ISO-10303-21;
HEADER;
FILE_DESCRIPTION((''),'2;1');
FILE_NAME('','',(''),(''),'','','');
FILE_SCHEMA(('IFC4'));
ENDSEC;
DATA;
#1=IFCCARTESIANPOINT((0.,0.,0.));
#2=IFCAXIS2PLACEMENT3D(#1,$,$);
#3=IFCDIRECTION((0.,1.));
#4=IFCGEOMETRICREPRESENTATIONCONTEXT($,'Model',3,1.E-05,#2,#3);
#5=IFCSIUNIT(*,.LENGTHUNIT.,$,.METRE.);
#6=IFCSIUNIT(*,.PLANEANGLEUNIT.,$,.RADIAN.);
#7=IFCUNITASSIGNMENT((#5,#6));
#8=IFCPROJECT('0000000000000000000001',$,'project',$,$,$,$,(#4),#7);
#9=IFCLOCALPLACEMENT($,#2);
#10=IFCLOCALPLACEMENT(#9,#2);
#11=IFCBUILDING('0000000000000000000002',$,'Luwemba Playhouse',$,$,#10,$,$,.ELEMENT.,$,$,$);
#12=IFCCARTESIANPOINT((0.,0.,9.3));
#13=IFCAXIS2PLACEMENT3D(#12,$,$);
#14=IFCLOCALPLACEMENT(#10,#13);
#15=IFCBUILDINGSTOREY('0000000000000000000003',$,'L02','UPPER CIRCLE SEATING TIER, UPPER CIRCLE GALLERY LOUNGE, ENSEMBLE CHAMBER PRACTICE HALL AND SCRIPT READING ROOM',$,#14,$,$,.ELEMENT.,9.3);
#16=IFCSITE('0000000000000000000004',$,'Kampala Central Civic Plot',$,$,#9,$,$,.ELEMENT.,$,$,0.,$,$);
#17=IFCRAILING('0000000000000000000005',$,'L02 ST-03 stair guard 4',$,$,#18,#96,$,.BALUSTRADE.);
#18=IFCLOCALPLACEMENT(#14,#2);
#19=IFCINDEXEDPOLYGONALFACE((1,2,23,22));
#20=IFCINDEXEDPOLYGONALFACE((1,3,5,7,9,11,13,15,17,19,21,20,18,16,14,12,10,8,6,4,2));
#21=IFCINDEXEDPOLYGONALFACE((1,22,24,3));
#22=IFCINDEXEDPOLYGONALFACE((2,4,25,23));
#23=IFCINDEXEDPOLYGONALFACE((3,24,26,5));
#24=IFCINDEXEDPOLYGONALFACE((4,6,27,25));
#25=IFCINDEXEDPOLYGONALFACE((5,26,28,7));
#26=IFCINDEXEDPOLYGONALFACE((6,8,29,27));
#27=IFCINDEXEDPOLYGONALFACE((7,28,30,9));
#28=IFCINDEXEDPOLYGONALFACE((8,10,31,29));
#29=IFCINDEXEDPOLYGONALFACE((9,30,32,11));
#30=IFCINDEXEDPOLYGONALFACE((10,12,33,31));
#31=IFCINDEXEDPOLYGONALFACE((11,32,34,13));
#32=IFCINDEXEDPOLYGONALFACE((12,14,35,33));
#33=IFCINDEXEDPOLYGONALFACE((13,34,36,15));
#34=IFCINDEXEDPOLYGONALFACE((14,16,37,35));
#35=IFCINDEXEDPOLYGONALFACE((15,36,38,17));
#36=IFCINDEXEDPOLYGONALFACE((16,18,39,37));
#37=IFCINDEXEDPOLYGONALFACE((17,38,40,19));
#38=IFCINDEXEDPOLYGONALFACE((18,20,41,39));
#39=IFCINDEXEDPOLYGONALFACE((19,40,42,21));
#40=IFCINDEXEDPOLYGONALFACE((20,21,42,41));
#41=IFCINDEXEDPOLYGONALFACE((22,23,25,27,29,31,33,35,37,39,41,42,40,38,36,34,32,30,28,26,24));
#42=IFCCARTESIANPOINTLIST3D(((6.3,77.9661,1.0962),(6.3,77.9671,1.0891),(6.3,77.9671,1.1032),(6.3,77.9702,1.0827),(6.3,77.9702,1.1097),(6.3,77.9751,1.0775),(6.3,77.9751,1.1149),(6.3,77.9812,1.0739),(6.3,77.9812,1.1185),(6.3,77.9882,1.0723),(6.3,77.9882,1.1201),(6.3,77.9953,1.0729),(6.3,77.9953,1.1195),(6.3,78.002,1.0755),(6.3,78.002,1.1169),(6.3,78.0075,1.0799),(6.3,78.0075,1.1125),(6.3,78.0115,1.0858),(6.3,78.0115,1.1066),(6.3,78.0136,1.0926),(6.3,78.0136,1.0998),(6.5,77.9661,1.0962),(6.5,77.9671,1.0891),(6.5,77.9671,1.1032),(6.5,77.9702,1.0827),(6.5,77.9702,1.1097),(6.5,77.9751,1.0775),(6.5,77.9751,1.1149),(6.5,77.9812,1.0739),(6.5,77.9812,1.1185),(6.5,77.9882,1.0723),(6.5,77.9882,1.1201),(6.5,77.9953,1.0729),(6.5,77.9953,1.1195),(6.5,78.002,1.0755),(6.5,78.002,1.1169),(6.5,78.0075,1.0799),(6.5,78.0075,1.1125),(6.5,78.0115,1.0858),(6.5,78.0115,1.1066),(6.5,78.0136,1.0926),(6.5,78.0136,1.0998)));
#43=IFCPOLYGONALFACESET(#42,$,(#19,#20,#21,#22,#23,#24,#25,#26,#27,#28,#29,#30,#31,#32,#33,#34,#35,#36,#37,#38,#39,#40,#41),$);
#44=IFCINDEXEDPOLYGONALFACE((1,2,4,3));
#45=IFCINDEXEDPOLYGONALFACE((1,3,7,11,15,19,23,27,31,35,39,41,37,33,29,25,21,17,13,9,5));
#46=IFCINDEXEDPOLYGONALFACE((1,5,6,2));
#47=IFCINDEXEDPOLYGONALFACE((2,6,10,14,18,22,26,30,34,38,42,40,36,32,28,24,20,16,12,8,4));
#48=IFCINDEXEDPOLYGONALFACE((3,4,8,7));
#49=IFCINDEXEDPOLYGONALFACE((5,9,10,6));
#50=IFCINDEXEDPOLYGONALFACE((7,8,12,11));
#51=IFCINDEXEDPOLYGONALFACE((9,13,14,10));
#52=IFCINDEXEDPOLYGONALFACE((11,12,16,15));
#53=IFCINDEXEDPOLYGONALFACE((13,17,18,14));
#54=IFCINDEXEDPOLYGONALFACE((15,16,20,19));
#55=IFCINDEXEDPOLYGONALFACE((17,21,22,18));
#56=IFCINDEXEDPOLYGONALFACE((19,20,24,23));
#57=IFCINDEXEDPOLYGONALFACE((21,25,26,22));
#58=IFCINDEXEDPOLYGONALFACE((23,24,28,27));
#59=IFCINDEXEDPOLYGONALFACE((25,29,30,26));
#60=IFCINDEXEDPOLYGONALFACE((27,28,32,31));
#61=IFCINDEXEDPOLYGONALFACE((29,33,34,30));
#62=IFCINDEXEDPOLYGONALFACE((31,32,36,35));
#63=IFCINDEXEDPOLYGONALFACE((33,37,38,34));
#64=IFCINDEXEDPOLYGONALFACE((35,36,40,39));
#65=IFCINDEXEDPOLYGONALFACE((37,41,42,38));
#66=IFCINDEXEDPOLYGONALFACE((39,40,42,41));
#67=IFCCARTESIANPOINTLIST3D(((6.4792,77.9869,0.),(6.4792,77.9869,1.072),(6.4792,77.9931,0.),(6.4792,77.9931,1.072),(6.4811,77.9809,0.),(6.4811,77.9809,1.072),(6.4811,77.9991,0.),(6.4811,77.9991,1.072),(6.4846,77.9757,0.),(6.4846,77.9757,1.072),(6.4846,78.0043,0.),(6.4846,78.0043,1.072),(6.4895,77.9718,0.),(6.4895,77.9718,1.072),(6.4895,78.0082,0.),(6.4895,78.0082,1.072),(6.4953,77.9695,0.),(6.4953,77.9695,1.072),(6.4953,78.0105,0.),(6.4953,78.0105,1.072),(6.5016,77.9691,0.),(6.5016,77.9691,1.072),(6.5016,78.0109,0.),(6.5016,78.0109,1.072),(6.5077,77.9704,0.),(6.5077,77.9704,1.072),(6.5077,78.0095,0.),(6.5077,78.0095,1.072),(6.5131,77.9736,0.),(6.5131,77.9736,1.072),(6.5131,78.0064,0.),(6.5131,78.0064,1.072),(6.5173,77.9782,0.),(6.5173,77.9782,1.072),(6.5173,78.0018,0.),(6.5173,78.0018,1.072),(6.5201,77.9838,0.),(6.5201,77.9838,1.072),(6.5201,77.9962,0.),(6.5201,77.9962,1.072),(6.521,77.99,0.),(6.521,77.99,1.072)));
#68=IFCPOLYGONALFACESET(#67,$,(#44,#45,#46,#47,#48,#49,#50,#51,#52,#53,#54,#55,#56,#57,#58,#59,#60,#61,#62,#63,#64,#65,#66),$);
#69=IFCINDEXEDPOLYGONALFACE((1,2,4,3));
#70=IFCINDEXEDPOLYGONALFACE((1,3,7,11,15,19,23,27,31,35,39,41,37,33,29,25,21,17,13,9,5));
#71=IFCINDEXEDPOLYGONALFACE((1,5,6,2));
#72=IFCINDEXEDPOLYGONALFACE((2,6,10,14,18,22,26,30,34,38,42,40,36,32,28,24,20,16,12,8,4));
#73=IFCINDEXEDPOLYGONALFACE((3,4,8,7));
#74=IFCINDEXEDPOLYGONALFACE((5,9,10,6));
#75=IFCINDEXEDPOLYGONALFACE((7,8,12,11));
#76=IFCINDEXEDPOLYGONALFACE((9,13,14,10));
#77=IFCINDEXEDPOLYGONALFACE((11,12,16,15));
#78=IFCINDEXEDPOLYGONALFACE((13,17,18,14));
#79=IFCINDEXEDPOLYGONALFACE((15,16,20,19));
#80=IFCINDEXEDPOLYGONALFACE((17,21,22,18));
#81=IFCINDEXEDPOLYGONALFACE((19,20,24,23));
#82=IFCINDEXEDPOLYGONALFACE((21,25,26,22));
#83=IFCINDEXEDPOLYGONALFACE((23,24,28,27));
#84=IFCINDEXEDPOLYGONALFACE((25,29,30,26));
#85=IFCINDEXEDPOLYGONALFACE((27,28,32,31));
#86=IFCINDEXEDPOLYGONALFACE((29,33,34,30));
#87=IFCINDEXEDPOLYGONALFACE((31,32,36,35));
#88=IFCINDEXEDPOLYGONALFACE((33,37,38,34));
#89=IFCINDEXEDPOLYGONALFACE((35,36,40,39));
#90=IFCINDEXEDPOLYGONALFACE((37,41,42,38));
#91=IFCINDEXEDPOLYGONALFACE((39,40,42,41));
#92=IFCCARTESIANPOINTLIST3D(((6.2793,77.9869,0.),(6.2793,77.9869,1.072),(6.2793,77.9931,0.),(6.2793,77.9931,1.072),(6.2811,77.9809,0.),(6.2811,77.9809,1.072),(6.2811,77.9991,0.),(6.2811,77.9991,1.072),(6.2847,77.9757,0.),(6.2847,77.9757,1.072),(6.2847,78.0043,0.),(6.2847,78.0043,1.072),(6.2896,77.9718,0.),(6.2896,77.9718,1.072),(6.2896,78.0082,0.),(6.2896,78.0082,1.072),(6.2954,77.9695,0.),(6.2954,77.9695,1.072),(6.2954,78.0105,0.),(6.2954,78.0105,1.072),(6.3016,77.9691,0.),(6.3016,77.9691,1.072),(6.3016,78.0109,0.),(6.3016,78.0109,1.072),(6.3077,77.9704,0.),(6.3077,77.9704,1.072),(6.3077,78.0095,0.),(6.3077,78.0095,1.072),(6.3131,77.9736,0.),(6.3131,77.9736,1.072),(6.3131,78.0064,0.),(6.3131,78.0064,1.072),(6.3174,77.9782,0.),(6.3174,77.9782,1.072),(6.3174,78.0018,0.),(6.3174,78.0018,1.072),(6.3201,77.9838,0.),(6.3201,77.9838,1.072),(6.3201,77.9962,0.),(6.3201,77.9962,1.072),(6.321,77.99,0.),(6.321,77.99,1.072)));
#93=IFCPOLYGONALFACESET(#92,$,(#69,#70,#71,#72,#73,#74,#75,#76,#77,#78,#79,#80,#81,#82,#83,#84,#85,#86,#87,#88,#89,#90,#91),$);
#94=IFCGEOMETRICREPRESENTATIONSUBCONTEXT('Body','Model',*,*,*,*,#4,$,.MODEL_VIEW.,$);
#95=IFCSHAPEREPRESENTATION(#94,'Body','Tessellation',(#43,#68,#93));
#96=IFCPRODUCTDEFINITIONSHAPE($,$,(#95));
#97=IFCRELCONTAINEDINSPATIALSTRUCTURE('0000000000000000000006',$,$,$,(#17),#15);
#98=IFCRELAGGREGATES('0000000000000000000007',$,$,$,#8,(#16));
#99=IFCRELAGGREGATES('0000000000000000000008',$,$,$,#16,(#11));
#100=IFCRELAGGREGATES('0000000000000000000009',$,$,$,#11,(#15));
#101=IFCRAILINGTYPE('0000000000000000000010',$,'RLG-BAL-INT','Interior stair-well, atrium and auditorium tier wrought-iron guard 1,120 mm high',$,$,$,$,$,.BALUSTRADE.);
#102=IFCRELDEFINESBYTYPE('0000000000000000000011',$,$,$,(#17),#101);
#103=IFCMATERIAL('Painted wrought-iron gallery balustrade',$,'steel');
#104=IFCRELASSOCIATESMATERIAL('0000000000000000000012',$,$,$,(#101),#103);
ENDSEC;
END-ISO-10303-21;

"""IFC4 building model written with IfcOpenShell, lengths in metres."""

from ifc_helpers import new_model, si_unit, direction, frame, origin, origin_2d, place, context, subcontext, project, spatial, circle, extrude, material, type_object, element, save


model = new_model("IFC4")

# Units and contexts
model_context = context("Model", 3, precision=1e-05, world=origin(), true_north=direction((0.0, 1.0)))
body_context = subcontext(model_context, "Body", "Model", "MODEL_VIEW")
ifc_project = project(units=[si_unit("LENGTHUNIT", "METRE"), si_unit("PLANEANGLEUNIT", "RADIAN")], contexts=[model_context])

# Site, building, storey
site_placement = place(None, origin())
site = spatial("IfcSite", under=ifc_project, at=site_placement, Name="Kampala Central Civic Plot", CompositionType="ELEMENT", RefElevation=0.0)
building_placement = place(site_placement, origin())
building = spatial("IfcBuilding", under=site, at=building_placement, Name="Luwemba Playhouse", CompositionType="ELEMENT")
storey_placement = place(building_placement, frame((0.0, 0.0, 9.3)))
storey = spatial("IfcBuildingStorey", under=building, at=storey_placement, Name="L02", Description="UPPER CIRCLE SEATING TIER, UPPER CIRCLE GALLERY LOUNGE, ENSEMBLE CHAMBER PRACTICE HALL AND SCRIPT READING ROOM", CompositionType="ELEMENT", Elevation=9.3)

# Railing
ifc_material_1 = material(Name="Painted wrought-iron gallery balustrade", Category="steel")
railing_type_1 = type_object("IfcRailingType", Name="RLG-BAL-INT", Description="Interior stair-well, atrium and auditorium tier wrought-iron guard 1,120 mm high", PredefinedType="BALUSTRADE", material=ifc_material_1)
railing_1_placement = place(storey_placement, frame((6.5, 77.99, 0.0)))
element("IfcRailing", 1, at=railing_1_placement, inside=storey, type_object=railing_type_1, Name="L02 ST-03 stair guard 4", PredefinedType="BALUSTRADE", context=body_context, shape_type="SweptSolid", body=[
    extrude(circle(Radius=0.0239, at=origin_2d()), frame((0.0, 0.0, 1.0962), z_axis=(-1.0, 0.0, 0.0), x_axis=(0.0, -1.0, 0.0)), (0.0, 0.0, 1.0), 0.2),
    extrude(circle(Radius=0.021, at=origin_2d()), origin(), (0.0, 0.0, 1.0), 1.072),
    extrude(circle(Radius=0.021, at=origin_2d()), frame((-0.2, 0.0, 0.0)), (0.0, 0.0, 1.0), 1.072),
])

save(model, "model.ifc")
